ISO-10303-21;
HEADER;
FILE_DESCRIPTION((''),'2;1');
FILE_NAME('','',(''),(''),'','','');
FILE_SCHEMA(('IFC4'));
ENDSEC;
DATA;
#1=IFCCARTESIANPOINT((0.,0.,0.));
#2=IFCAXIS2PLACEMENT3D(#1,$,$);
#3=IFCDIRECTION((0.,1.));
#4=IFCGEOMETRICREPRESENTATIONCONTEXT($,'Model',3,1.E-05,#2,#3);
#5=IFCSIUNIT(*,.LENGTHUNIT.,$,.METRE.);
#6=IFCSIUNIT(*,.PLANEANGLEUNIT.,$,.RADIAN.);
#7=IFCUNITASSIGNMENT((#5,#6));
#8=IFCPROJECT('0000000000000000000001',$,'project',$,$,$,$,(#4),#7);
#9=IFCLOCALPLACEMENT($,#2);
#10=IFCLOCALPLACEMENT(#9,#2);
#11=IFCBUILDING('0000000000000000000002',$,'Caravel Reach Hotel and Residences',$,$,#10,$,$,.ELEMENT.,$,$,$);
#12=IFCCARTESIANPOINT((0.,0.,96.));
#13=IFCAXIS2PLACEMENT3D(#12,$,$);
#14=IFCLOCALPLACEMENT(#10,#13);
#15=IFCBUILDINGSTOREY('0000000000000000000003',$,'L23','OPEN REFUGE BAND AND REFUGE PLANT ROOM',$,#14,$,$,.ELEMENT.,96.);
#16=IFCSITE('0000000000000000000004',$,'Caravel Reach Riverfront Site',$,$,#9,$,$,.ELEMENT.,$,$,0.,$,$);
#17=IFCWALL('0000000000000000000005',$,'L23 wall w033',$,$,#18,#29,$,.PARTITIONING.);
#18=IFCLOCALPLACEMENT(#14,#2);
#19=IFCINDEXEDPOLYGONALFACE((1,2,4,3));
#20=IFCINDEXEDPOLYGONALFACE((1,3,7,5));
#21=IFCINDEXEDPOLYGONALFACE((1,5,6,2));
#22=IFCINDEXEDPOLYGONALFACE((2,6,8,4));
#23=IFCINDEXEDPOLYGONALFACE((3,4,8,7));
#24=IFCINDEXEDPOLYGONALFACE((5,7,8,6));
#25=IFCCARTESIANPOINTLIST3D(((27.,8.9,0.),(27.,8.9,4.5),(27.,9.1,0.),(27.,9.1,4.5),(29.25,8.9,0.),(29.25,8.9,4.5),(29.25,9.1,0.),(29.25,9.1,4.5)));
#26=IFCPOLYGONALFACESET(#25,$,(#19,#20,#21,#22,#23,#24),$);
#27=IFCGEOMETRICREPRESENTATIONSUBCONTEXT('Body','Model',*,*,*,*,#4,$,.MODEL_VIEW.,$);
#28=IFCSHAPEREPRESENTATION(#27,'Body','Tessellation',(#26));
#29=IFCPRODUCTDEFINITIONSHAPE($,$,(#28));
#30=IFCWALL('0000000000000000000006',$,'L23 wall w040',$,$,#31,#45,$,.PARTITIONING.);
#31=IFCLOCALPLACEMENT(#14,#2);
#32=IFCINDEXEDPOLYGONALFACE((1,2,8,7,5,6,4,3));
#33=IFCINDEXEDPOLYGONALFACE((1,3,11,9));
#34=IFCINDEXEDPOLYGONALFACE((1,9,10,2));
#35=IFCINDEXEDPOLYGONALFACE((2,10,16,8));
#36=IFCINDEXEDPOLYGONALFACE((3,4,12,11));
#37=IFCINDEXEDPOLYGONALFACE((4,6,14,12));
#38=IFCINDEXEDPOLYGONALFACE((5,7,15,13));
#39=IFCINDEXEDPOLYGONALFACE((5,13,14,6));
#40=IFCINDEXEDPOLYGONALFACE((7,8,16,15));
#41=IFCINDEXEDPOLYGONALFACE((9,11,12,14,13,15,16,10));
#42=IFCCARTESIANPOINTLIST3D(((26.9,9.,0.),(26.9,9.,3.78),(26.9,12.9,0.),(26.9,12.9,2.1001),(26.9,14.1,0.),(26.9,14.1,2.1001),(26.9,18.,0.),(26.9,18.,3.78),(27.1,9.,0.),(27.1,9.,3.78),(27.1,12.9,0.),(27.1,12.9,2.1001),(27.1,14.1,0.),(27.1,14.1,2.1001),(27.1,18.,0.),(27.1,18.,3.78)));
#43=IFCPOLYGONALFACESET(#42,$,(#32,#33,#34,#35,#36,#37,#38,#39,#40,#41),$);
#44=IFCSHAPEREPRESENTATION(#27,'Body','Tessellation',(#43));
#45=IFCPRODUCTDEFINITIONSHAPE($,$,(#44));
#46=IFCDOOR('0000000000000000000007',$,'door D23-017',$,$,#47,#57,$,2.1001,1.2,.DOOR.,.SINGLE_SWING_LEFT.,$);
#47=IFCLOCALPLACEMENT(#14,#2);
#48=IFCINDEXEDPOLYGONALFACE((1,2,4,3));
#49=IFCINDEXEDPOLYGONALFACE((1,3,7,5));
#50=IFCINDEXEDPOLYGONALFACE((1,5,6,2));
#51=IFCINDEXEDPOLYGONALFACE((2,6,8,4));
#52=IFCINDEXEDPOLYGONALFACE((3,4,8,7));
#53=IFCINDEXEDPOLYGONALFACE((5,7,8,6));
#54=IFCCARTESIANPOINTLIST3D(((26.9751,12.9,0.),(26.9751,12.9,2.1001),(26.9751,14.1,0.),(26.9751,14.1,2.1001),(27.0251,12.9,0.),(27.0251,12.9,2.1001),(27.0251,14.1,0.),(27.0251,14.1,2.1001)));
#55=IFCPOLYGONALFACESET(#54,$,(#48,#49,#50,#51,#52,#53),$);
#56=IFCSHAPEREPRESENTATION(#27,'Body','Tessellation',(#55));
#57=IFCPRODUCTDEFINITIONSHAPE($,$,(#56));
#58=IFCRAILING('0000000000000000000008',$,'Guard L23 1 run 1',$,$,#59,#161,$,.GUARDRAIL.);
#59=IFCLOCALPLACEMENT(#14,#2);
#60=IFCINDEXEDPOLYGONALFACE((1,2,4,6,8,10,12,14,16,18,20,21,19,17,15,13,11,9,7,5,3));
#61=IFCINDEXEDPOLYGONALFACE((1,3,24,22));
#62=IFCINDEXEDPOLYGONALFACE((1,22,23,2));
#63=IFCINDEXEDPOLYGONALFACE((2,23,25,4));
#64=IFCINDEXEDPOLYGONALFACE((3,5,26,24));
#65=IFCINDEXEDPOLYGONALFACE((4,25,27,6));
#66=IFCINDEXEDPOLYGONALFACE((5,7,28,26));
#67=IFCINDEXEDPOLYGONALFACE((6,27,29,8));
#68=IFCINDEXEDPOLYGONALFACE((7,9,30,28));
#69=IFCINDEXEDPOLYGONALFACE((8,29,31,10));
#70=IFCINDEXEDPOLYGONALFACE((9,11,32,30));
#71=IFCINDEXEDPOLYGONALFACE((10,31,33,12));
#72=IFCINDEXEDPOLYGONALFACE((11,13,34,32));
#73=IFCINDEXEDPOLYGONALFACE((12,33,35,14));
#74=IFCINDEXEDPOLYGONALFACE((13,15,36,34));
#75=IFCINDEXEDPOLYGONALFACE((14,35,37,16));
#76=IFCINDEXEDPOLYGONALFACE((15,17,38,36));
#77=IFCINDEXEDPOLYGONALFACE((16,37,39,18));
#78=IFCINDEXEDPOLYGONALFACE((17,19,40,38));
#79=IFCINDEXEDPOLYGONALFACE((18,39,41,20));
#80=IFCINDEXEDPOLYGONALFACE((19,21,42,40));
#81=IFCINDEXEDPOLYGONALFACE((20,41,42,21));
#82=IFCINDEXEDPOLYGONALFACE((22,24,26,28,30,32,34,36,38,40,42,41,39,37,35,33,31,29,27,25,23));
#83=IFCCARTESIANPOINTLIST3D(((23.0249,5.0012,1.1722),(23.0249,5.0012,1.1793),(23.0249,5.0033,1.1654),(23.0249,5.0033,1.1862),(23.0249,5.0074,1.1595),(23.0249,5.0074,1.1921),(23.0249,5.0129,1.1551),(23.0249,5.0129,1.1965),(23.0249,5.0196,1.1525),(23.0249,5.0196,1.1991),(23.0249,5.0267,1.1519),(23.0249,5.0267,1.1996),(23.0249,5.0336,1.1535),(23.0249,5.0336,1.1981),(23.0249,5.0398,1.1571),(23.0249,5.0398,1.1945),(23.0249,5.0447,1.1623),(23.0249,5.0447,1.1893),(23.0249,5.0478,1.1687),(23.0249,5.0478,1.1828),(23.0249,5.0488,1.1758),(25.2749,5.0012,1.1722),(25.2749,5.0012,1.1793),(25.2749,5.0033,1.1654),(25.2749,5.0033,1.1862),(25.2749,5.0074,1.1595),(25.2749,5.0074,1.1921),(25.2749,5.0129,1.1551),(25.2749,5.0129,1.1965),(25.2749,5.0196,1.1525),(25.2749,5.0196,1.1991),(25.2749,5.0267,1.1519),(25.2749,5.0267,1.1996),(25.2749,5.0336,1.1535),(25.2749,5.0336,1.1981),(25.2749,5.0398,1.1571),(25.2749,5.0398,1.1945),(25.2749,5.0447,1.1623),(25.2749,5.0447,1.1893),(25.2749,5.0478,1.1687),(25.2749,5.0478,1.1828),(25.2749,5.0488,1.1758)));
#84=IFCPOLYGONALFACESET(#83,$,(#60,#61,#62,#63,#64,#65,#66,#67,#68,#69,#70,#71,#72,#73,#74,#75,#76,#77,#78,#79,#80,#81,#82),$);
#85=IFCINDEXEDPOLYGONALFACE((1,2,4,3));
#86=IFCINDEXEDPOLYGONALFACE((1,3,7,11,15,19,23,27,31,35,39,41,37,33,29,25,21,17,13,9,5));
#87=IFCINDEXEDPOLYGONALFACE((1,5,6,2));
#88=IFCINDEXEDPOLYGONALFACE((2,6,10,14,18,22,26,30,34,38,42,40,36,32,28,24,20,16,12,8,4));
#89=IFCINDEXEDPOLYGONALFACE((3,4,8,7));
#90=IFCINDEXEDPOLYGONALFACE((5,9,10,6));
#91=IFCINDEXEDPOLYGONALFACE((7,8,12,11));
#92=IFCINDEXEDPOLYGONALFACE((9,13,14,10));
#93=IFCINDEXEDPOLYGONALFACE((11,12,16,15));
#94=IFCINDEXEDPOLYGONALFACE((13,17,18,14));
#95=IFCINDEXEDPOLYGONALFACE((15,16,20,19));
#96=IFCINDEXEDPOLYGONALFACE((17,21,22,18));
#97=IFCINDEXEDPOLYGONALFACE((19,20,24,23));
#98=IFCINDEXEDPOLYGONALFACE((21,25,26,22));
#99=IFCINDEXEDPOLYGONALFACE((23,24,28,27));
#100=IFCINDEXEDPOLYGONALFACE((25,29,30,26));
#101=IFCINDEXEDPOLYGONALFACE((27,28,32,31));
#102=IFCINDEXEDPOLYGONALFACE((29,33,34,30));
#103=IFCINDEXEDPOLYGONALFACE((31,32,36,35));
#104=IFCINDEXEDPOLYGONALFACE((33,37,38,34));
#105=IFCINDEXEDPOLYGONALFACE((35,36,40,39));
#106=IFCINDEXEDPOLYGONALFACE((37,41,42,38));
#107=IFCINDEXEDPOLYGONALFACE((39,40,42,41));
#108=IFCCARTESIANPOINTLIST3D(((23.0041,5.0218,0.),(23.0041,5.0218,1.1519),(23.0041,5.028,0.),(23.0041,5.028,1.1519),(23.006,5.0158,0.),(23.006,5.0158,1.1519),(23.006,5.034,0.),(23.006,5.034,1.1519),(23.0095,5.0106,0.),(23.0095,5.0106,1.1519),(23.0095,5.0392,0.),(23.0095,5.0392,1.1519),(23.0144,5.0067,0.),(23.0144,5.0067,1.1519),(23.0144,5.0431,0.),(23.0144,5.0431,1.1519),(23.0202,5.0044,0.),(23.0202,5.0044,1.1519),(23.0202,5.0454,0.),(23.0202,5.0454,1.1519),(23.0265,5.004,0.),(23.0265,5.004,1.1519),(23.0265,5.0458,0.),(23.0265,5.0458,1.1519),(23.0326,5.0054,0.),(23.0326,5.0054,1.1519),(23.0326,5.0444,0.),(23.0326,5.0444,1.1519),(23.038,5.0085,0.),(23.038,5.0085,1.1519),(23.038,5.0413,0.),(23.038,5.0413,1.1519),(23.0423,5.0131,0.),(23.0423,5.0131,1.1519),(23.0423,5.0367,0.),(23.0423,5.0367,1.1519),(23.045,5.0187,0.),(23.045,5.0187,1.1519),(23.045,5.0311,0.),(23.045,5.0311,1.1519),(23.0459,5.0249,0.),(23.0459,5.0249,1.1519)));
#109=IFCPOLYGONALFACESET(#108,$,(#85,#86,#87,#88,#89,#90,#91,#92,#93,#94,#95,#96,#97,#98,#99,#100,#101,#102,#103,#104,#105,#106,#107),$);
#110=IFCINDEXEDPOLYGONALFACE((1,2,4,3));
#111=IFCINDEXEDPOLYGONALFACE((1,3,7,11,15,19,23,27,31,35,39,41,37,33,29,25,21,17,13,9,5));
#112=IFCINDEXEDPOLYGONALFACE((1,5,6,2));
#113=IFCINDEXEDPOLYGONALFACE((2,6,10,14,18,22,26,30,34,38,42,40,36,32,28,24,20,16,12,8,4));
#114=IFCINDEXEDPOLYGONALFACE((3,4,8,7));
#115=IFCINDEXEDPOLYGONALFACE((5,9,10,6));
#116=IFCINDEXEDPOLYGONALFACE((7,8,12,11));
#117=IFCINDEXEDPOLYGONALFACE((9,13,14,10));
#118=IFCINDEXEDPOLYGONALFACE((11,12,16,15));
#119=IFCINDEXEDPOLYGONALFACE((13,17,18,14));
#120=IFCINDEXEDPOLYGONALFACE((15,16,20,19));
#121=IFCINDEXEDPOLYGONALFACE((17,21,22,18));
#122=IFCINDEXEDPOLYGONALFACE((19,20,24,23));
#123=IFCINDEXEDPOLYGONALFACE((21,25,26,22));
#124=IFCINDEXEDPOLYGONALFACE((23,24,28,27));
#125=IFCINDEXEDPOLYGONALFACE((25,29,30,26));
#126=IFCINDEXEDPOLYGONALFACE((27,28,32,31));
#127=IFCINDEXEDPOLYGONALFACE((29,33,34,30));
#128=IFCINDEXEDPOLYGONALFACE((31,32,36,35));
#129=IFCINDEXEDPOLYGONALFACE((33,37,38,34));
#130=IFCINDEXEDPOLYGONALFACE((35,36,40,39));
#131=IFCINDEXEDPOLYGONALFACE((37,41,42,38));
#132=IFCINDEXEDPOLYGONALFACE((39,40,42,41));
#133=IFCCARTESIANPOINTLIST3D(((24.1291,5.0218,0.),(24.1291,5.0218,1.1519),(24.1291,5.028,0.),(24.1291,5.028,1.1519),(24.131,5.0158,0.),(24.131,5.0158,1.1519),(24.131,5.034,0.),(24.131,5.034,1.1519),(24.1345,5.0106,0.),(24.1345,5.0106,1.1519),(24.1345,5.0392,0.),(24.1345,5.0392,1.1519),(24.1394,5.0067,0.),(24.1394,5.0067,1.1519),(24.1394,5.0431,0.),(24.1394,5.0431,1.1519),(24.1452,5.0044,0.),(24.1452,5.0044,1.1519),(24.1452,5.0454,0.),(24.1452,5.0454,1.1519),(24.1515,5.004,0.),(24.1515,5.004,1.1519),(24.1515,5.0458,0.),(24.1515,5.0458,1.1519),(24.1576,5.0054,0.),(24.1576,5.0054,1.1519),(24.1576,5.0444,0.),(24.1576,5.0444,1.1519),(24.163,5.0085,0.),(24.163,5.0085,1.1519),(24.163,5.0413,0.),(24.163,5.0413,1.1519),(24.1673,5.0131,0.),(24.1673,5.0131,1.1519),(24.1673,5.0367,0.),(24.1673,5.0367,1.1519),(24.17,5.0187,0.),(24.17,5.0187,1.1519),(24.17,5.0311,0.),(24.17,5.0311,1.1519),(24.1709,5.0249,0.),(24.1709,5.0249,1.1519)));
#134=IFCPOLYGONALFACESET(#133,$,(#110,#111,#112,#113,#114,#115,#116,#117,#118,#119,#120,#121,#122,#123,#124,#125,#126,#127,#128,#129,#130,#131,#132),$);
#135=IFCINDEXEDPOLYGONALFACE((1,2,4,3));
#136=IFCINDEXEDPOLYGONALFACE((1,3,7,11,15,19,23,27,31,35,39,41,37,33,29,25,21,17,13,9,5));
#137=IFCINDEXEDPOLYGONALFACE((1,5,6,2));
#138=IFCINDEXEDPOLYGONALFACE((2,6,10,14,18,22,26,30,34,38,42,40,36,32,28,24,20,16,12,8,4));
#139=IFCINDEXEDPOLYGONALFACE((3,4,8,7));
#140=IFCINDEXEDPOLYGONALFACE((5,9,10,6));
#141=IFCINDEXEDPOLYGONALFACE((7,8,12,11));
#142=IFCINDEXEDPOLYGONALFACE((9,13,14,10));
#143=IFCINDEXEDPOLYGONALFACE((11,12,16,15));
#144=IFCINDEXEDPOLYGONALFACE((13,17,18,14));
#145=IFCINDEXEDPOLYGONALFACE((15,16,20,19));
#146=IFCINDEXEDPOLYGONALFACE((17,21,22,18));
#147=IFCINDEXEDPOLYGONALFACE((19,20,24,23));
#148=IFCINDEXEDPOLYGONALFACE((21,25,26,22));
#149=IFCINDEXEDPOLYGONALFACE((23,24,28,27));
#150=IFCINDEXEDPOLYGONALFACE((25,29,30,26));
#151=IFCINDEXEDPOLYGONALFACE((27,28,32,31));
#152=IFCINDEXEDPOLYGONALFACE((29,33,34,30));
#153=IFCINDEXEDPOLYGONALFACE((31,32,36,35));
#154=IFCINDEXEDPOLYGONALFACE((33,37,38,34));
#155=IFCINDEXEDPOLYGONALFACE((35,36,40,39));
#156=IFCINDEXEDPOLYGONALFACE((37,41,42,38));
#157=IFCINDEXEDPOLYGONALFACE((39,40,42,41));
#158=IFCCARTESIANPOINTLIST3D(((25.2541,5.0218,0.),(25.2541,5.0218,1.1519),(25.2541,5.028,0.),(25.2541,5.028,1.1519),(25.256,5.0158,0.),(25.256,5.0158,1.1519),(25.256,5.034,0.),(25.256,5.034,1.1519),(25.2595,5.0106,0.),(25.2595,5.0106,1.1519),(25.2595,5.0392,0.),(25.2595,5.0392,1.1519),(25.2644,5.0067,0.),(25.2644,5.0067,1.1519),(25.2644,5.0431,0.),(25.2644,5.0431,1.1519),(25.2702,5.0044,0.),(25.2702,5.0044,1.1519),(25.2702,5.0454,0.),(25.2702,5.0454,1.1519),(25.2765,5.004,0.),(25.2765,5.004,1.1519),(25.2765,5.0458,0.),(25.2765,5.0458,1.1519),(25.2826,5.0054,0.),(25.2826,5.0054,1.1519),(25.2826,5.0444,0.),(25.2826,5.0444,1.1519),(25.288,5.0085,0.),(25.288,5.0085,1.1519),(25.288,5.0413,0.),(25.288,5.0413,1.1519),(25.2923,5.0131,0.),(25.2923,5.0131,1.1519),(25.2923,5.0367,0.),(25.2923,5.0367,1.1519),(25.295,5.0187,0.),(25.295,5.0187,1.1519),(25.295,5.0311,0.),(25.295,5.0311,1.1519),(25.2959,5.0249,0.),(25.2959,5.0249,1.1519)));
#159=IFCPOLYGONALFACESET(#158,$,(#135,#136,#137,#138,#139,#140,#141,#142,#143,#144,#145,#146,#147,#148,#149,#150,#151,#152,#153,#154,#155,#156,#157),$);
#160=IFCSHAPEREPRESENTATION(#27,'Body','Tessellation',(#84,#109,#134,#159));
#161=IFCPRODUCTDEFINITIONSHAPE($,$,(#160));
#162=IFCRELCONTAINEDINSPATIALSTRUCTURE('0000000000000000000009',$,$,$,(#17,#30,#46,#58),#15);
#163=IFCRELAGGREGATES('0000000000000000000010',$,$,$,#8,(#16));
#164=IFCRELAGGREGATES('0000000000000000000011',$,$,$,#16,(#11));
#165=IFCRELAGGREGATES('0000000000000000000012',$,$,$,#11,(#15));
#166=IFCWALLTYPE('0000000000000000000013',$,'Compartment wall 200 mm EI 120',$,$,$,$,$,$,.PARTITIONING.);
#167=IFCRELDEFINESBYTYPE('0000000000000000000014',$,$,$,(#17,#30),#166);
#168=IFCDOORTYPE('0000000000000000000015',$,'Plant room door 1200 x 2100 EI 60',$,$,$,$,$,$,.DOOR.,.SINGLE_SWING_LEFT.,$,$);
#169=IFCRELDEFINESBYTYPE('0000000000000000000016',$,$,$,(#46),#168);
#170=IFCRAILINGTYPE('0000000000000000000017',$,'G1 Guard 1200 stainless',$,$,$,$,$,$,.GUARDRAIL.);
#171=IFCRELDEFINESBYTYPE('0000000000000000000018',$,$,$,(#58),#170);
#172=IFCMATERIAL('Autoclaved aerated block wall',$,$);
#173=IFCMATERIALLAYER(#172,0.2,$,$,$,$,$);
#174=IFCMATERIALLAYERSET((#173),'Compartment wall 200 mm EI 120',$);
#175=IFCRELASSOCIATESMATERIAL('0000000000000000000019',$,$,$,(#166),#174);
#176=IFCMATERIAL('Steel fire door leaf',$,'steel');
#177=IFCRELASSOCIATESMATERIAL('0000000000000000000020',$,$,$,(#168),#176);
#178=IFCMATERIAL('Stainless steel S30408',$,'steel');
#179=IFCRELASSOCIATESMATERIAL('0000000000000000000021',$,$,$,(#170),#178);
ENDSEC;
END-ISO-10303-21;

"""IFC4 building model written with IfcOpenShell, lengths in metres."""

from ifc_helpers import new_model, si_unit, direction, frame, frame_2d, origin, origin_2d, place, context, subcontext, project, spatial, rectangle, circle, extrude, material, layer, layer_set, type_object, element, fill, save


model = new_model("IFC4")

# Units and contexts
model_context = context("Model", 3, precision=1e-05, world=origin(), true_north=direction((0.0, 1.0)))
body_context = subcontext(model_context, "Body", "Model", "MODEL_VIEW")
ifc_project = project(units=[si_unit("LENGTHUNIT", "METRE"), si_unit("PLANEANGLEUNIT", "RADIAN")], contexts=[model_context])

# Site, building, storey
site_placement = place(None, origin())
site = spatial("IfcSite", under=ifc_project, at=site_placement, Name="Caravel Reach Riverfront Site", CompositionType="ELEMENT", RefElevation=0.0)
building_placement = place(site_placement, origin())
building = spatial("IfcBuilding", under=site, at=building_placement, Name="Caravel Reach Hotel and Residences", CompositionType="ELEMENT")
storey_placement = place(building_placement, frame((0.0, 0.0, 96.0)))
storey = spatial("IfcBuildingStorey", under=building, at=storey_placement, Name="L23", Description="OPEN REFUGE BAND AND REFUGE PLANT ROOM", CompositionType="ELEMENT", Elevation=96.0)

# Wall
ifc_material_1 = material(Name="Autoclaved aerated block wall")
ifc_layer = layer(ifc_material_1, 0.2)
ifc_layer_set = layer_set([ifc_layer], Name="Compartment wall 200 mm EI 120")
wall_type = type_object("IfcWallType", Name="Compartment wall 200 mm EI 120", PredefinedType="PARTITIONING", material=ifc_layer_set)
wall_1_placement = place(storey_placement, frame((27.0, 9.0, 0.0), z_axis=(0.0, 0.0, 1.0), x_axis=(1.0, 0.0, 0.0)))
element("IfcWall", 1, at=wall_1_placement, inside=storey, type_object=wall_type, Name="L23 wall w033", PredefinedType="PARTITIONING", context=body_context, shape_type="SweptSolid", body=[
    extrude(rectangle(XDim=2.25, YDim=0.2, at=frame_2d((1.125, 0.0))), origin(), (0.0, 0.0, 1.0), 4.5),
])

# Wall, opening, door
wall_2_placement = place(storey_placement, frame((27.0, 9.0, 0.0), z_axis=(0.0, 0.0, 1.0), x_axis=(0.0, 1.0, 0.0)))
wall_2 = element("IfcWall", 2, at=wall_2_placement, inside=storey, type_object=wall_type, Name="L23 wall w040", PredefinedType="PARTITIONING", context=body_context, shape_type="SweptSolid", body=[
    extrude(rectangle(XDim=9.0, YDim=0.2, at=frame_2d((4.5, 0.0))), origin(), (0.0, 0.0, 1.0), 3.78),
])
opening_placement = place(wall_2_placement, frame((3.8999, 0.0, 0.0)))
opening = element("IfcOpeningElement", 3, at=opening_placement, cuts=wall_2, PredefinedType="OPENING", context=body_context, shape_type="SweptSolid", body=[
    extrude(rectangle(XDim=1.2, YDim=2.1001, at=frame_2d((0.6001, 1.05))), frame((0.0, 0.1099, 0.0), z_axis=(0.0, -1.0, 0.0), x_axis=(1.0, 0.0, 0.0)), (0.0, 0.0, 1.0), 0.22),
])
ifc_material_2 = material(Name="Steel fire door leaf", Category="steel")
door_type = type_object("IfcDoorType", Name="Plant room door 1200 x 2100 EI 60", OperationType="SINGLE_SWING_LEFT", PredefinedType="DOOR", material=ifc_material_2)
door_placement = place(opening_placement, origin())
door = element("IfcDoor", 4, at=door_placement, inside=storey, type_object=door_type, Name="door D23-017", OperationType="SINGLE_SWING_LEFT", OverallHeight=2.1001, OverallWidth=1.2, PredefinedType="DOOR", context=body_context, shape_type="SweptSolid", body=[
    extrude(rectangle(XDim=1.2, YDim=2.1001, at=frame_2d((0.6001, 1.05))), frame((0.0, 0.0249, 0.0), z_axis=(0.0, -1.0, 0.0), x_axis=(1.0, 0.0, 0.0)), (0.0, 0.0, 1.0), 0.05),
])
fill(opening, door)

# Railing
ifc_material_3 = material(Name="Stainless steel S30408", Category="steel")
railing_type = type_object("IfcRailingType", Name="G1 Guard 1200 stainless", PredefinedType="GUARDRAIL", material=ifc_material_3)
railing_1_placement = place(storey_placement, frame((23.0249, 5.0249, 0.0)))
element("IfcRailing", 5, at=railing_1_placement, inside=storey, type_object=railing_type, Name="Guard L23 1 run 1", PredefinedType="GUARDRAIL", context=body_context, shape_type="SweptSolid", body=[
    extrude(circle(Radius=0.0239, at=origin_2d()), frame((0.0, 0.0, 1.1758), z_axis=(1.0, 0.0, 0.0), x_axis=(0.0, 1.0, 0.0)), (0.0, 0.0, 1.0), 2.25),
    extrude(circle(Radius=0.021, at=origin_2d()), origin(), (0.0, 0.0, 1.0), 1.1519),
    extrude(circle(Radius=0.021, at=origin_2d()), frame((1.125, 0.0, 0.0)), (0.0, 0.0, 1.0), 1.1519),
    extrude(circle(Radius=0.021, at=origin_2d()), frame((2.25, 0.0, 0.0)), (0.0, 0.0, 1.0), 1.1519),
])

save(model, "model.ifc")
